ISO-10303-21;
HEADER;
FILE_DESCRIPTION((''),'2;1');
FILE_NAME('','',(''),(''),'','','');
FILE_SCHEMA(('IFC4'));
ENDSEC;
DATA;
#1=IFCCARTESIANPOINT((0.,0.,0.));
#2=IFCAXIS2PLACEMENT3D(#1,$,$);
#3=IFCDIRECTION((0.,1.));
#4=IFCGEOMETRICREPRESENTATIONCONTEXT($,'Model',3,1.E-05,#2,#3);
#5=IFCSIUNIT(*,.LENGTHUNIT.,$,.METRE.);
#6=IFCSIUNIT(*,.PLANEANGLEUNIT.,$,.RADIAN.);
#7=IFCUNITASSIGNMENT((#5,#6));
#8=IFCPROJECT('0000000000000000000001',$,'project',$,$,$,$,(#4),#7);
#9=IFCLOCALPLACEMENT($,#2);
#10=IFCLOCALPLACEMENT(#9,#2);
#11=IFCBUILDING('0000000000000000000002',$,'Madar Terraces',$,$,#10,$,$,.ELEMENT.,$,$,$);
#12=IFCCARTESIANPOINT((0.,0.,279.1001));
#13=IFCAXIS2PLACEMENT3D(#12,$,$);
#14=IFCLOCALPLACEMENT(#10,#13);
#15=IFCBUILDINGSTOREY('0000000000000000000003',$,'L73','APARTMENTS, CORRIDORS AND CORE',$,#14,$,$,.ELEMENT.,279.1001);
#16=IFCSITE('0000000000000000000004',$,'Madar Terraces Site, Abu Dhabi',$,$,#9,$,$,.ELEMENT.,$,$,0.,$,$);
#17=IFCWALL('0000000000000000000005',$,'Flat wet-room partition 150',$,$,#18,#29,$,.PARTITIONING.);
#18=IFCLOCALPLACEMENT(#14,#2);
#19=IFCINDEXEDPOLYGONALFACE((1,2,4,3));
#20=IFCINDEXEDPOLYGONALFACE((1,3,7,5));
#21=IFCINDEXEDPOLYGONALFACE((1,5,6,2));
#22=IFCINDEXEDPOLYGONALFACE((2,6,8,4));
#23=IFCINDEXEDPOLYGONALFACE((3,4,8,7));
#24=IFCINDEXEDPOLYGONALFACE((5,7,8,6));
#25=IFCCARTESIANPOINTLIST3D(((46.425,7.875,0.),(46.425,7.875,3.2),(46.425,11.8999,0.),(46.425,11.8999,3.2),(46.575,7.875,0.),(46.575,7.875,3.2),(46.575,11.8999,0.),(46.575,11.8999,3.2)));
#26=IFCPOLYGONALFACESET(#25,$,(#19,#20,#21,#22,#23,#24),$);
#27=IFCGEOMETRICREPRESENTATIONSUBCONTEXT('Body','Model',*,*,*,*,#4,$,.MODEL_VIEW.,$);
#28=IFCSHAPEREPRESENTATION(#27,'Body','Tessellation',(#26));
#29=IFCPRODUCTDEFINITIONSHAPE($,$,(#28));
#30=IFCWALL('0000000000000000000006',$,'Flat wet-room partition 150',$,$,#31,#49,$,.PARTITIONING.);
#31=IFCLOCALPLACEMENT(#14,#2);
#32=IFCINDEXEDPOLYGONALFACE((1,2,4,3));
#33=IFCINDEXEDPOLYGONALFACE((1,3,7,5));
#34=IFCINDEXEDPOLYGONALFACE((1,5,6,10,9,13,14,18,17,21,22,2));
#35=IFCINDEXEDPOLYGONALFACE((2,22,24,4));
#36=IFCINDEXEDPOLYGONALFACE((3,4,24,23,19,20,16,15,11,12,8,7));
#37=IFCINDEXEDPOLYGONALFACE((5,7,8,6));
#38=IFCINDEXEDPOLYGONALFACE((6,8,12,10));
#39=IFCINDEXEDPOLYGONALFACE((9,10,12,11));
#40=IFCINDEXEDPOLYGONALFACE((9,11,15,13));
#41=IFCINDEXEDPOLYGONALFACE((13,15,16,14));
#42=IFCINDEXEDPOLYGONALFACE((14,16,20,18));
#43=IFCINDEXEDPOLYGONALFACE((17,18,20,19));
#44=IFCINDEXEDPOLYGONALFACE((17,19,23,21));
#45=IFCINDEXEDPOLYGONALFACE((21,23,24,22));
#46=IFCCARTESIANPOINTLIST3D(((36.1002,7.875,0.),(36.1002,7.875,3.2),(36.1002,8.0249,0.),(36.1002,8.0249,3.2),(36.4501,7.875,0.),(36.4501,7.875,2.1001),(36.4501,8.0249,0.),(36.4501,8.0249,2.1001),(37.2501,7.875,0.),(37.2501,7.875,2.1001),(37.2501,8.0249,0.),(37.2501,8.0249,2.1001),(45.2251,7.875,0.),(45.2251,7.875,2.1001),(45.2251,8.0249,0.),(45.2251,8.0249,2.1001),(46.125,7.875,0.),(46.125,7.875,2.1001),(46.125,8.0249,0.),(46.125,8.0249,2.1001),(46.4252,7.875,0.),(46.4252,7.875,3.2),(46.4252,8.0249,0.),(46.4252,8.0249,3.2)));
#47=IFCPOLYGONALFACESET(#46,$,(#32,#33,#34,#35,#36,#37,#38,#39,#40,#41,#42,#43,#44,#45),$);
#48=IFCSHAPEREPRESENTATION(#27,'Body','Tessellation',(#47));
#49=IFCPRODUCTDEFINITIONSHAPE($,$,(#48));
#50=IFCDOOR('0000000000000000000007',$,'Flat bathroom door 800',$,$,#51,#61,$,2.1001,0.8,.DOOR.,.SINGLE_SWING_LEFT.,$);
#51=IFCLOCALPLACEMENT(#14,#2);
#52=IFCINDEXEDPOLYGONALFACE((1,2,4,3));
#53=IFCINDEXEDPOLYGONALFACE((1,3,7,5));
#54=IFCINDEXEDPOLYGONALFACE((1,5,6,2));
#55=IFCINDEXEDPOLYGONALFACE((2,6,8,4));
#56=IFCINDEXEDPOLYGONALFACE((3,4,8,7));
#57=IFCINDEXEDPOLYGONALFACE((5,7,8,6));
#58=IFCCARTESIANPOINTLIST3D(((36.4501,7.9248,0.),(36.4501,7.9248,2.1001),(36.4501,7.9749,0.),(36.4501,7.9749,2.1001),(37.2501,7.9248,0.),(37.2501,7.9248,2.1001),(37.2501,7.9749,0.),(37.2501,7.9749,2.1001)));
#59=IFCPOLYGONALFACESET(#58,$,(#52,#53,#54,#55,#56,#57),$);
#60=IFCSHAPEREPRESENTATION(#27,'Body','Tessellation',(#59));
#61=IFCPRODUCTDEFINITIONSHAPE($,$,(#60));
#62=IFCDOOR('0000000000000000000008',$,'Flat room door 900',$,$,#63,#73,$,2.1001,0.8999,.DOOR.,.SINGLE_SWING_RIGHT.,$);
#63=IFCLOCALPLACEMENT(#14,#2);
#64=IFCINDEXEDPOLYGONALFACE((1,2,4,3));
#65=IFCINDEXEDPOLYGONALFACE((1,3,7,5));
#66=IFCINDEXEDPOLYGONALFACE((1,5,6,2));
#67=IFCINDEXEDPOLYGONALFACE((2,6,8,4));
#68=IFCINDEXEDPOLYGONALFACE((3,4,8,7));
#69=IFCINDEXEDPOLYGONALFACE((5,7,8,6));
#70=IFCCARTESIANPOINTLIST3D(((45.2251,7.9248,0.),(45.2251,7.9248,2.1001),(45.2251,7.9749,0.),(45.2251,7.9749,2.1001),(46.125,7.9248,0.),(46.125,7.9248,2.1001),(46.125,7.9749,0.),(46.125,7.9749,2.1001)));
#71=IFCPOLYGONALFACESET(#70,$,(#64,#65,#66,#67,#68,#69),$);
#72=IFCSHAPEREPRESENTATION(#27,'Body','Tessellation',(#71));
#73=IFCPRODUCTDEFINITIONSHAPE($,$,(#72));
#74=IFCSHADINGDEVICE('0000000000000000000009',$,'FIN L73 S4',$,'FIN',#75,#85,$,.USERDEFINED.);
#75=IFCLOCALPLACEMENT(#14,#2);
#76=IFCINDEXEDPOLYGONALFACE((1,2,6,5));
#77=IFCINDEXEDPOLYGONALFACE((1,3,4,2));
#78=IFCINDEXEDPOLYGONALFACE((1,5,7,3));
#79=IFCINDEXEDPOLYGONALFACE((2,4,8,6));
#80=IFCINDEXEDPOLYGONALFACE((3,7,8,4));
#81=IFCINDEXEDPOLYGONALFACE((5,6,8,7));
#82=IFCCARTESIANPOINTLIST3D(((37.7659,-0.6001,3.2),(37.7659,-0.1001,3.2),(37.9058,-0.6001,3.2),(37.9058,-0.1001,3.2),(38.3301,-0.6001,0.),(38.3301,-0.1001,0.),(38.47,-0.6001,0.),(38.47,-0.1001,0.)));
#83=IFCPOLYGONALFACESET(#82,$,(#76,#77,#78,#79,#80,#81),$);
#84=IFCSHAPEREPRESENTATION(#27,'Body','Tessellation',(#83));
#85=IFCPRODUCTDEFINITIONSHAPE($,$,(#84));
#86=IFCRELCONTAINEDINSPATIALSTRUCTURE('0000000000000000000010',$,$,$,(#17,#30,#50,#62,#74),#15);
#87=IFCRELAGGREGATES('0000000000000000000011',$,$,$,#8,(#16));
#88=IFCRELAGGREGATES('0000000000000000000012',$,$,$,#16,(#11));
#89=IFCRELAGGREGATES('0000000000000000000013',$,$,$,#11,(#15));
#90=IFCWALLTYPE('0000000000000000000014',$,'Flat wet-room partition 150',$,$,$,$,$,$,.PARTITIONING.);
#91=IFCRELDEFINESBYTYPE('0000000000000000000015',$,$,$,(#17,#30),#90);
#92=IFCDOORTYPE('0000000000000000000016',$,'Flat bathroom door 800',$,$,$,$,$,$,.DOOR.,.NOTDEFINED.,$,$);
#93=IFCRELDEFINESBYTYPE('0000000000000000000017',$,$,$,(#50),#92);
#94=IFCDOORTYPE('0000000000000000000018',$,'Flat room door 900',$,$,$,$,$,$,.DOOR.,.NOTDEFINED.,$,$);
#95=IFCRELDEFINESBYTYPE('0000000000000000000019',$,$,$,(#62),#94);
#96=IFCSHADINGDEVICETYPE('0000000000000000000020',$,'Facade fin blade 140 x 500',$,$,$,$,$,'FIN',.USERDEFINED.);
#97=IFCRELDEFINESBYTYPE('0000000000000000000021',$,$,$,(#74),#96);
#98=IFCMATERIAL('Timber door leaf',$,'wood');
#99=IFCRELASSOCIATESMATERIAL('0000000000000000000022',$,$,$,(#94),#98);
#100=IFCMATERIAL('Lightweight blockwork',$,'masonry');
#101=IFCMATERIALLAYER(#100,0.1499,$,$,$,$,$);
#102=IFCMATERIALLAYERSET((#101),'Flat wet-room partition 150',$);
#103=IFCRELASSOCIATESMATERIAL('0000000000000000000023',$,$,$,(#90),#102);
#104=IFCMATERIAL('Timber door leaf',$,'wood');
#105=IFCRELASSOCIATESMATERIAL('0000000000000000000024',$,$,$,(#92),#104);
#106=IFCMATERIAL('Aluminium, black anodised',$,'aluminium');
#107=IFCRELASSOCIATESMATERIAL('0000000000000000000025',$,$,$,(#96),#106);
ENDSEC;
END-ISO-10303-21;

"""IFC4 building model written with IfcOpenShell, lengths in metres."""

from ifc_helpers import new_model, si_unit, direction, frame, frame_2d, origin, place, context, subcontext, project, spatial, polyline, rectangle, outline, extrude, material, layer, layer_set, type_object, element, fill, save


model = new_model("IFC4")

# Units and contexts
model_context = context("Model", 3, precision=1e-05, world=origin(), true_north=direction((0.0, 1.0)))
body_context = subcontext(model_context, "Body", "Model", "MODEL_VIEW")
ifc_project = project(units=[si_unit("LENGTHUNIT", "METRE"), si_unit("PLANEANGLEUNIT", "RADIAN")], contexts=[model_context])

# Site, building, storey
site_placement = place(None, origin())
site = spatial("IfcSite", under=ifc_project, at=site_placement, Name="Madar Terraces Site, Abu Dhabi", CompositionType="ELEMENT", RefElevation=0.0)
building_placement = place(site_placement, origin())
building = spatial("IfcBuilding", under=site, at=building_placement, Name="Madar Terraces", CompositionType="ELEMENT")
storey_placement = place(building_placement, frame((0.0, 0.0, 279.1001)))
storey = spatial("IfcBuildingStorey", under=building, at=storey_placement, Name="L73", Description="APARTMENTS, CORRIDORS AND CORE", CompositionType="ELEMENT", Elevation=279.1001)

# Shared definitions
ifc_material_1 = material(Name="Timber door leaf", Category="wood")
door_type_1 = type_object("IfcDoorType", Name="Flat room door 900", OperationType="NOTDEFINED", PredefinedType="DOOR", material=ifc_material_1)

# Wall
ifc_material_2 = material(Name="Lightweight blockwork", Category="masonry")
ifc_layer_1 = layer(ifc_material_2, 0.1499)
ifc_layer_set_1 = layer_set([ifc_layer_1], Name="Flat wet-room partition 150")
wall_type_1 = type_object("IfcWallType", Name="Flat wet-room partition 150", PredefinedType="PARTITIONING", material=ifc_layer_set_1)
wall_1_placement = place(storey_placement, frame((46.5, 11.8999, 0.0), z_axis=(0.0, 0.0, 1.0), x_axis=(0.0, -1.0, 0.0)))
element("IfcWall", 1, at=wall_1_placement, inside=storey, type_object=wall_type_1, Name="Flat wet-room partition 150", PredefinedType="PARTITIONING", context=body_context, shape_type="SweptSolid", body=[
    extrude(rectangle(XDim=4.0249, YDim=0.1499, at=frame_2d((2.0125, 0.0))), origin(), (0.0, 0.0, 1.0), 3.2),
])

# Wall, openings, doors
wall_2_placement = place(storey_placement, frame((36.1001, 7.95, 0.0), z_axis=(0.0, 0.0, 1.0), x_axis=(1.0, 0.0, 0.0)))
wall_2 = element("IfcWall", 2, at=wall_2_placement, inside=storey, type_object=wall_type_1, Name="Flat wet-room partition 150", PredefinedType="PARTITIONING", context=body_context, shape_type="SweptSolid", body=[
    extrude(rectangle(XDim=10.325, YDim=0.1499, at=frame_2d((5.1626, 0.0))), origin(), (0.0, 0.0, 1.0), 3.2),
])
opening_1_placement = place(wall_2_placement, frame((9.125, 0.0, 0.0)))
opening_1 = element("IfcOpeningElement", 3, at=opening_1_placement, cuts=wall_2, PredefinedType="OPENING", context=body_context, shape_type="SweptSolid", body=[
    extrude(rectangle(XDim=0.8999, YDim=2.1001, at=frame_2d((0.45, 1.05))), frame((0.0, 0.085, 0.0), z_axis=(0.0, -1.0, 0.0), x_axis=(1.0, 0.0, 0.0)), (0.0, 0.0, 1.0), 0.1699),
])
opening_2_placement = place(wall_2_placement, frame((0.3501, 0.0, 0.0)))
opening_2 = element("IfcOpeningElement", 4, at=opening_2_placement, cuts=wall_2, PredefinedType="OPENING", context=body_context, shape_type="SweptSolid", body=[
    extrude(rectangle(XDim=0.8, YDim=2.1001, at=frame_2d((0.3999, 1.05))), frame((0.0, 0.085, 0.0), z_axis=(0.0, -1.0, 0.0), x_axis=(1.0, 0.0, 0.0)), (0.0, 0.0, 1.0), 0.1699),
])
ifc_material_3 = material(Name="Timber door leaf", Category="wood")
door_type_2 = type_object("IfcDoorType", Name="Flat bathroom door 800", OperationType="NOTDEFINED", PredefinedType="DOOR", material=ifc_material_3)
door_1_placement = place(opening_2_placement, origin())
door_1 = element("IfcDoor", 5, at=door_1_placement, inside=storey, type_object=door_type_2, Name="Flat bathroom door 800", OperationType="SINGLE_SWING_LEFT", OverallHeight=2.1001, OverallWidth=0.8, PredefinedType="DOOR", context=body_context, shape_type="SweptSolid", body=[
    extrude(rectangle(XDim=0.8, YDim=2.1001, at=frame_2d((0.3999, 1.05))), frame((0.0, 0.0249, 0.0), z_axis=(0.0, -1.0, 0.0), x_axis=(1.0, 0.0, 0.0)), (0.0, 0.0, 1.0), 0.05),
])
fill(opening_2, door_1)
door_2_placement = place(opening_1_placement, origin())
door_2 = element("IfcDoor", 6, at=door_2_placement, inside=storey, type_object=door_type_1, Name="Flat room door 900", OperationType="SINGLE_SWING_RIGHT", OverallHeight=2.1001, OverallWidth=0.8999, PredefinedType="DOOR", context=body_context, shape_type="SweptSolid", body=[
    extrude(rectangle(XDim=0.8999, YDim=2.1001, at=frame_2d((0.45, 1.05))), frame((0.0, 0.0249, 0.0), z_axis=(0.0, -1.0, 0.0), x_axis=(1.0, 0.0, 0.0)), (0.0, 0.0, 1.0), 0.05),
])
fill(opening_1, door_2)

# Shading device
ifc_material_4 = material(Name="Aluminium, black anodised", Category="aluminium")
shading_device_type = type_object("IfcShadingDeviceType", Name="Facade fin blade 140 x 500", ElementType="FIN", PredefinedType="USERDEFINED", material=ifc_material_4)
shading_device_placement = place(storey_placement, frame((38.3301, -0.3501, 0.0), z_axis=(0.0, 0.0, 1.0), x_axis=(1.0, 0.0, 0.0)))
element("IfcShadingDevice", 7, at=shading_device_placement, inside=storey, type_object=shading_device_type, Name="FIN L73 S4", ObjectType="FIN", PredefinedType="USERDEFINED", context=body_context, shape_type="SweptSolid", body=[
    extrude(outline(polyline([(0.0, 0.0), (0.1399, 0.0), (-0.4243, 3.2), (-0.5642, 3.2), (0.0, 0.0)])), frame((0.0, 0.25, 0.0), z_axis=(0.0, -1.0, 0.0), x_axis=(1.0, 0.0, 0.0)), (0.0, 0.0, 1.0), 0.5),
])

save(model, "model.ifc")
